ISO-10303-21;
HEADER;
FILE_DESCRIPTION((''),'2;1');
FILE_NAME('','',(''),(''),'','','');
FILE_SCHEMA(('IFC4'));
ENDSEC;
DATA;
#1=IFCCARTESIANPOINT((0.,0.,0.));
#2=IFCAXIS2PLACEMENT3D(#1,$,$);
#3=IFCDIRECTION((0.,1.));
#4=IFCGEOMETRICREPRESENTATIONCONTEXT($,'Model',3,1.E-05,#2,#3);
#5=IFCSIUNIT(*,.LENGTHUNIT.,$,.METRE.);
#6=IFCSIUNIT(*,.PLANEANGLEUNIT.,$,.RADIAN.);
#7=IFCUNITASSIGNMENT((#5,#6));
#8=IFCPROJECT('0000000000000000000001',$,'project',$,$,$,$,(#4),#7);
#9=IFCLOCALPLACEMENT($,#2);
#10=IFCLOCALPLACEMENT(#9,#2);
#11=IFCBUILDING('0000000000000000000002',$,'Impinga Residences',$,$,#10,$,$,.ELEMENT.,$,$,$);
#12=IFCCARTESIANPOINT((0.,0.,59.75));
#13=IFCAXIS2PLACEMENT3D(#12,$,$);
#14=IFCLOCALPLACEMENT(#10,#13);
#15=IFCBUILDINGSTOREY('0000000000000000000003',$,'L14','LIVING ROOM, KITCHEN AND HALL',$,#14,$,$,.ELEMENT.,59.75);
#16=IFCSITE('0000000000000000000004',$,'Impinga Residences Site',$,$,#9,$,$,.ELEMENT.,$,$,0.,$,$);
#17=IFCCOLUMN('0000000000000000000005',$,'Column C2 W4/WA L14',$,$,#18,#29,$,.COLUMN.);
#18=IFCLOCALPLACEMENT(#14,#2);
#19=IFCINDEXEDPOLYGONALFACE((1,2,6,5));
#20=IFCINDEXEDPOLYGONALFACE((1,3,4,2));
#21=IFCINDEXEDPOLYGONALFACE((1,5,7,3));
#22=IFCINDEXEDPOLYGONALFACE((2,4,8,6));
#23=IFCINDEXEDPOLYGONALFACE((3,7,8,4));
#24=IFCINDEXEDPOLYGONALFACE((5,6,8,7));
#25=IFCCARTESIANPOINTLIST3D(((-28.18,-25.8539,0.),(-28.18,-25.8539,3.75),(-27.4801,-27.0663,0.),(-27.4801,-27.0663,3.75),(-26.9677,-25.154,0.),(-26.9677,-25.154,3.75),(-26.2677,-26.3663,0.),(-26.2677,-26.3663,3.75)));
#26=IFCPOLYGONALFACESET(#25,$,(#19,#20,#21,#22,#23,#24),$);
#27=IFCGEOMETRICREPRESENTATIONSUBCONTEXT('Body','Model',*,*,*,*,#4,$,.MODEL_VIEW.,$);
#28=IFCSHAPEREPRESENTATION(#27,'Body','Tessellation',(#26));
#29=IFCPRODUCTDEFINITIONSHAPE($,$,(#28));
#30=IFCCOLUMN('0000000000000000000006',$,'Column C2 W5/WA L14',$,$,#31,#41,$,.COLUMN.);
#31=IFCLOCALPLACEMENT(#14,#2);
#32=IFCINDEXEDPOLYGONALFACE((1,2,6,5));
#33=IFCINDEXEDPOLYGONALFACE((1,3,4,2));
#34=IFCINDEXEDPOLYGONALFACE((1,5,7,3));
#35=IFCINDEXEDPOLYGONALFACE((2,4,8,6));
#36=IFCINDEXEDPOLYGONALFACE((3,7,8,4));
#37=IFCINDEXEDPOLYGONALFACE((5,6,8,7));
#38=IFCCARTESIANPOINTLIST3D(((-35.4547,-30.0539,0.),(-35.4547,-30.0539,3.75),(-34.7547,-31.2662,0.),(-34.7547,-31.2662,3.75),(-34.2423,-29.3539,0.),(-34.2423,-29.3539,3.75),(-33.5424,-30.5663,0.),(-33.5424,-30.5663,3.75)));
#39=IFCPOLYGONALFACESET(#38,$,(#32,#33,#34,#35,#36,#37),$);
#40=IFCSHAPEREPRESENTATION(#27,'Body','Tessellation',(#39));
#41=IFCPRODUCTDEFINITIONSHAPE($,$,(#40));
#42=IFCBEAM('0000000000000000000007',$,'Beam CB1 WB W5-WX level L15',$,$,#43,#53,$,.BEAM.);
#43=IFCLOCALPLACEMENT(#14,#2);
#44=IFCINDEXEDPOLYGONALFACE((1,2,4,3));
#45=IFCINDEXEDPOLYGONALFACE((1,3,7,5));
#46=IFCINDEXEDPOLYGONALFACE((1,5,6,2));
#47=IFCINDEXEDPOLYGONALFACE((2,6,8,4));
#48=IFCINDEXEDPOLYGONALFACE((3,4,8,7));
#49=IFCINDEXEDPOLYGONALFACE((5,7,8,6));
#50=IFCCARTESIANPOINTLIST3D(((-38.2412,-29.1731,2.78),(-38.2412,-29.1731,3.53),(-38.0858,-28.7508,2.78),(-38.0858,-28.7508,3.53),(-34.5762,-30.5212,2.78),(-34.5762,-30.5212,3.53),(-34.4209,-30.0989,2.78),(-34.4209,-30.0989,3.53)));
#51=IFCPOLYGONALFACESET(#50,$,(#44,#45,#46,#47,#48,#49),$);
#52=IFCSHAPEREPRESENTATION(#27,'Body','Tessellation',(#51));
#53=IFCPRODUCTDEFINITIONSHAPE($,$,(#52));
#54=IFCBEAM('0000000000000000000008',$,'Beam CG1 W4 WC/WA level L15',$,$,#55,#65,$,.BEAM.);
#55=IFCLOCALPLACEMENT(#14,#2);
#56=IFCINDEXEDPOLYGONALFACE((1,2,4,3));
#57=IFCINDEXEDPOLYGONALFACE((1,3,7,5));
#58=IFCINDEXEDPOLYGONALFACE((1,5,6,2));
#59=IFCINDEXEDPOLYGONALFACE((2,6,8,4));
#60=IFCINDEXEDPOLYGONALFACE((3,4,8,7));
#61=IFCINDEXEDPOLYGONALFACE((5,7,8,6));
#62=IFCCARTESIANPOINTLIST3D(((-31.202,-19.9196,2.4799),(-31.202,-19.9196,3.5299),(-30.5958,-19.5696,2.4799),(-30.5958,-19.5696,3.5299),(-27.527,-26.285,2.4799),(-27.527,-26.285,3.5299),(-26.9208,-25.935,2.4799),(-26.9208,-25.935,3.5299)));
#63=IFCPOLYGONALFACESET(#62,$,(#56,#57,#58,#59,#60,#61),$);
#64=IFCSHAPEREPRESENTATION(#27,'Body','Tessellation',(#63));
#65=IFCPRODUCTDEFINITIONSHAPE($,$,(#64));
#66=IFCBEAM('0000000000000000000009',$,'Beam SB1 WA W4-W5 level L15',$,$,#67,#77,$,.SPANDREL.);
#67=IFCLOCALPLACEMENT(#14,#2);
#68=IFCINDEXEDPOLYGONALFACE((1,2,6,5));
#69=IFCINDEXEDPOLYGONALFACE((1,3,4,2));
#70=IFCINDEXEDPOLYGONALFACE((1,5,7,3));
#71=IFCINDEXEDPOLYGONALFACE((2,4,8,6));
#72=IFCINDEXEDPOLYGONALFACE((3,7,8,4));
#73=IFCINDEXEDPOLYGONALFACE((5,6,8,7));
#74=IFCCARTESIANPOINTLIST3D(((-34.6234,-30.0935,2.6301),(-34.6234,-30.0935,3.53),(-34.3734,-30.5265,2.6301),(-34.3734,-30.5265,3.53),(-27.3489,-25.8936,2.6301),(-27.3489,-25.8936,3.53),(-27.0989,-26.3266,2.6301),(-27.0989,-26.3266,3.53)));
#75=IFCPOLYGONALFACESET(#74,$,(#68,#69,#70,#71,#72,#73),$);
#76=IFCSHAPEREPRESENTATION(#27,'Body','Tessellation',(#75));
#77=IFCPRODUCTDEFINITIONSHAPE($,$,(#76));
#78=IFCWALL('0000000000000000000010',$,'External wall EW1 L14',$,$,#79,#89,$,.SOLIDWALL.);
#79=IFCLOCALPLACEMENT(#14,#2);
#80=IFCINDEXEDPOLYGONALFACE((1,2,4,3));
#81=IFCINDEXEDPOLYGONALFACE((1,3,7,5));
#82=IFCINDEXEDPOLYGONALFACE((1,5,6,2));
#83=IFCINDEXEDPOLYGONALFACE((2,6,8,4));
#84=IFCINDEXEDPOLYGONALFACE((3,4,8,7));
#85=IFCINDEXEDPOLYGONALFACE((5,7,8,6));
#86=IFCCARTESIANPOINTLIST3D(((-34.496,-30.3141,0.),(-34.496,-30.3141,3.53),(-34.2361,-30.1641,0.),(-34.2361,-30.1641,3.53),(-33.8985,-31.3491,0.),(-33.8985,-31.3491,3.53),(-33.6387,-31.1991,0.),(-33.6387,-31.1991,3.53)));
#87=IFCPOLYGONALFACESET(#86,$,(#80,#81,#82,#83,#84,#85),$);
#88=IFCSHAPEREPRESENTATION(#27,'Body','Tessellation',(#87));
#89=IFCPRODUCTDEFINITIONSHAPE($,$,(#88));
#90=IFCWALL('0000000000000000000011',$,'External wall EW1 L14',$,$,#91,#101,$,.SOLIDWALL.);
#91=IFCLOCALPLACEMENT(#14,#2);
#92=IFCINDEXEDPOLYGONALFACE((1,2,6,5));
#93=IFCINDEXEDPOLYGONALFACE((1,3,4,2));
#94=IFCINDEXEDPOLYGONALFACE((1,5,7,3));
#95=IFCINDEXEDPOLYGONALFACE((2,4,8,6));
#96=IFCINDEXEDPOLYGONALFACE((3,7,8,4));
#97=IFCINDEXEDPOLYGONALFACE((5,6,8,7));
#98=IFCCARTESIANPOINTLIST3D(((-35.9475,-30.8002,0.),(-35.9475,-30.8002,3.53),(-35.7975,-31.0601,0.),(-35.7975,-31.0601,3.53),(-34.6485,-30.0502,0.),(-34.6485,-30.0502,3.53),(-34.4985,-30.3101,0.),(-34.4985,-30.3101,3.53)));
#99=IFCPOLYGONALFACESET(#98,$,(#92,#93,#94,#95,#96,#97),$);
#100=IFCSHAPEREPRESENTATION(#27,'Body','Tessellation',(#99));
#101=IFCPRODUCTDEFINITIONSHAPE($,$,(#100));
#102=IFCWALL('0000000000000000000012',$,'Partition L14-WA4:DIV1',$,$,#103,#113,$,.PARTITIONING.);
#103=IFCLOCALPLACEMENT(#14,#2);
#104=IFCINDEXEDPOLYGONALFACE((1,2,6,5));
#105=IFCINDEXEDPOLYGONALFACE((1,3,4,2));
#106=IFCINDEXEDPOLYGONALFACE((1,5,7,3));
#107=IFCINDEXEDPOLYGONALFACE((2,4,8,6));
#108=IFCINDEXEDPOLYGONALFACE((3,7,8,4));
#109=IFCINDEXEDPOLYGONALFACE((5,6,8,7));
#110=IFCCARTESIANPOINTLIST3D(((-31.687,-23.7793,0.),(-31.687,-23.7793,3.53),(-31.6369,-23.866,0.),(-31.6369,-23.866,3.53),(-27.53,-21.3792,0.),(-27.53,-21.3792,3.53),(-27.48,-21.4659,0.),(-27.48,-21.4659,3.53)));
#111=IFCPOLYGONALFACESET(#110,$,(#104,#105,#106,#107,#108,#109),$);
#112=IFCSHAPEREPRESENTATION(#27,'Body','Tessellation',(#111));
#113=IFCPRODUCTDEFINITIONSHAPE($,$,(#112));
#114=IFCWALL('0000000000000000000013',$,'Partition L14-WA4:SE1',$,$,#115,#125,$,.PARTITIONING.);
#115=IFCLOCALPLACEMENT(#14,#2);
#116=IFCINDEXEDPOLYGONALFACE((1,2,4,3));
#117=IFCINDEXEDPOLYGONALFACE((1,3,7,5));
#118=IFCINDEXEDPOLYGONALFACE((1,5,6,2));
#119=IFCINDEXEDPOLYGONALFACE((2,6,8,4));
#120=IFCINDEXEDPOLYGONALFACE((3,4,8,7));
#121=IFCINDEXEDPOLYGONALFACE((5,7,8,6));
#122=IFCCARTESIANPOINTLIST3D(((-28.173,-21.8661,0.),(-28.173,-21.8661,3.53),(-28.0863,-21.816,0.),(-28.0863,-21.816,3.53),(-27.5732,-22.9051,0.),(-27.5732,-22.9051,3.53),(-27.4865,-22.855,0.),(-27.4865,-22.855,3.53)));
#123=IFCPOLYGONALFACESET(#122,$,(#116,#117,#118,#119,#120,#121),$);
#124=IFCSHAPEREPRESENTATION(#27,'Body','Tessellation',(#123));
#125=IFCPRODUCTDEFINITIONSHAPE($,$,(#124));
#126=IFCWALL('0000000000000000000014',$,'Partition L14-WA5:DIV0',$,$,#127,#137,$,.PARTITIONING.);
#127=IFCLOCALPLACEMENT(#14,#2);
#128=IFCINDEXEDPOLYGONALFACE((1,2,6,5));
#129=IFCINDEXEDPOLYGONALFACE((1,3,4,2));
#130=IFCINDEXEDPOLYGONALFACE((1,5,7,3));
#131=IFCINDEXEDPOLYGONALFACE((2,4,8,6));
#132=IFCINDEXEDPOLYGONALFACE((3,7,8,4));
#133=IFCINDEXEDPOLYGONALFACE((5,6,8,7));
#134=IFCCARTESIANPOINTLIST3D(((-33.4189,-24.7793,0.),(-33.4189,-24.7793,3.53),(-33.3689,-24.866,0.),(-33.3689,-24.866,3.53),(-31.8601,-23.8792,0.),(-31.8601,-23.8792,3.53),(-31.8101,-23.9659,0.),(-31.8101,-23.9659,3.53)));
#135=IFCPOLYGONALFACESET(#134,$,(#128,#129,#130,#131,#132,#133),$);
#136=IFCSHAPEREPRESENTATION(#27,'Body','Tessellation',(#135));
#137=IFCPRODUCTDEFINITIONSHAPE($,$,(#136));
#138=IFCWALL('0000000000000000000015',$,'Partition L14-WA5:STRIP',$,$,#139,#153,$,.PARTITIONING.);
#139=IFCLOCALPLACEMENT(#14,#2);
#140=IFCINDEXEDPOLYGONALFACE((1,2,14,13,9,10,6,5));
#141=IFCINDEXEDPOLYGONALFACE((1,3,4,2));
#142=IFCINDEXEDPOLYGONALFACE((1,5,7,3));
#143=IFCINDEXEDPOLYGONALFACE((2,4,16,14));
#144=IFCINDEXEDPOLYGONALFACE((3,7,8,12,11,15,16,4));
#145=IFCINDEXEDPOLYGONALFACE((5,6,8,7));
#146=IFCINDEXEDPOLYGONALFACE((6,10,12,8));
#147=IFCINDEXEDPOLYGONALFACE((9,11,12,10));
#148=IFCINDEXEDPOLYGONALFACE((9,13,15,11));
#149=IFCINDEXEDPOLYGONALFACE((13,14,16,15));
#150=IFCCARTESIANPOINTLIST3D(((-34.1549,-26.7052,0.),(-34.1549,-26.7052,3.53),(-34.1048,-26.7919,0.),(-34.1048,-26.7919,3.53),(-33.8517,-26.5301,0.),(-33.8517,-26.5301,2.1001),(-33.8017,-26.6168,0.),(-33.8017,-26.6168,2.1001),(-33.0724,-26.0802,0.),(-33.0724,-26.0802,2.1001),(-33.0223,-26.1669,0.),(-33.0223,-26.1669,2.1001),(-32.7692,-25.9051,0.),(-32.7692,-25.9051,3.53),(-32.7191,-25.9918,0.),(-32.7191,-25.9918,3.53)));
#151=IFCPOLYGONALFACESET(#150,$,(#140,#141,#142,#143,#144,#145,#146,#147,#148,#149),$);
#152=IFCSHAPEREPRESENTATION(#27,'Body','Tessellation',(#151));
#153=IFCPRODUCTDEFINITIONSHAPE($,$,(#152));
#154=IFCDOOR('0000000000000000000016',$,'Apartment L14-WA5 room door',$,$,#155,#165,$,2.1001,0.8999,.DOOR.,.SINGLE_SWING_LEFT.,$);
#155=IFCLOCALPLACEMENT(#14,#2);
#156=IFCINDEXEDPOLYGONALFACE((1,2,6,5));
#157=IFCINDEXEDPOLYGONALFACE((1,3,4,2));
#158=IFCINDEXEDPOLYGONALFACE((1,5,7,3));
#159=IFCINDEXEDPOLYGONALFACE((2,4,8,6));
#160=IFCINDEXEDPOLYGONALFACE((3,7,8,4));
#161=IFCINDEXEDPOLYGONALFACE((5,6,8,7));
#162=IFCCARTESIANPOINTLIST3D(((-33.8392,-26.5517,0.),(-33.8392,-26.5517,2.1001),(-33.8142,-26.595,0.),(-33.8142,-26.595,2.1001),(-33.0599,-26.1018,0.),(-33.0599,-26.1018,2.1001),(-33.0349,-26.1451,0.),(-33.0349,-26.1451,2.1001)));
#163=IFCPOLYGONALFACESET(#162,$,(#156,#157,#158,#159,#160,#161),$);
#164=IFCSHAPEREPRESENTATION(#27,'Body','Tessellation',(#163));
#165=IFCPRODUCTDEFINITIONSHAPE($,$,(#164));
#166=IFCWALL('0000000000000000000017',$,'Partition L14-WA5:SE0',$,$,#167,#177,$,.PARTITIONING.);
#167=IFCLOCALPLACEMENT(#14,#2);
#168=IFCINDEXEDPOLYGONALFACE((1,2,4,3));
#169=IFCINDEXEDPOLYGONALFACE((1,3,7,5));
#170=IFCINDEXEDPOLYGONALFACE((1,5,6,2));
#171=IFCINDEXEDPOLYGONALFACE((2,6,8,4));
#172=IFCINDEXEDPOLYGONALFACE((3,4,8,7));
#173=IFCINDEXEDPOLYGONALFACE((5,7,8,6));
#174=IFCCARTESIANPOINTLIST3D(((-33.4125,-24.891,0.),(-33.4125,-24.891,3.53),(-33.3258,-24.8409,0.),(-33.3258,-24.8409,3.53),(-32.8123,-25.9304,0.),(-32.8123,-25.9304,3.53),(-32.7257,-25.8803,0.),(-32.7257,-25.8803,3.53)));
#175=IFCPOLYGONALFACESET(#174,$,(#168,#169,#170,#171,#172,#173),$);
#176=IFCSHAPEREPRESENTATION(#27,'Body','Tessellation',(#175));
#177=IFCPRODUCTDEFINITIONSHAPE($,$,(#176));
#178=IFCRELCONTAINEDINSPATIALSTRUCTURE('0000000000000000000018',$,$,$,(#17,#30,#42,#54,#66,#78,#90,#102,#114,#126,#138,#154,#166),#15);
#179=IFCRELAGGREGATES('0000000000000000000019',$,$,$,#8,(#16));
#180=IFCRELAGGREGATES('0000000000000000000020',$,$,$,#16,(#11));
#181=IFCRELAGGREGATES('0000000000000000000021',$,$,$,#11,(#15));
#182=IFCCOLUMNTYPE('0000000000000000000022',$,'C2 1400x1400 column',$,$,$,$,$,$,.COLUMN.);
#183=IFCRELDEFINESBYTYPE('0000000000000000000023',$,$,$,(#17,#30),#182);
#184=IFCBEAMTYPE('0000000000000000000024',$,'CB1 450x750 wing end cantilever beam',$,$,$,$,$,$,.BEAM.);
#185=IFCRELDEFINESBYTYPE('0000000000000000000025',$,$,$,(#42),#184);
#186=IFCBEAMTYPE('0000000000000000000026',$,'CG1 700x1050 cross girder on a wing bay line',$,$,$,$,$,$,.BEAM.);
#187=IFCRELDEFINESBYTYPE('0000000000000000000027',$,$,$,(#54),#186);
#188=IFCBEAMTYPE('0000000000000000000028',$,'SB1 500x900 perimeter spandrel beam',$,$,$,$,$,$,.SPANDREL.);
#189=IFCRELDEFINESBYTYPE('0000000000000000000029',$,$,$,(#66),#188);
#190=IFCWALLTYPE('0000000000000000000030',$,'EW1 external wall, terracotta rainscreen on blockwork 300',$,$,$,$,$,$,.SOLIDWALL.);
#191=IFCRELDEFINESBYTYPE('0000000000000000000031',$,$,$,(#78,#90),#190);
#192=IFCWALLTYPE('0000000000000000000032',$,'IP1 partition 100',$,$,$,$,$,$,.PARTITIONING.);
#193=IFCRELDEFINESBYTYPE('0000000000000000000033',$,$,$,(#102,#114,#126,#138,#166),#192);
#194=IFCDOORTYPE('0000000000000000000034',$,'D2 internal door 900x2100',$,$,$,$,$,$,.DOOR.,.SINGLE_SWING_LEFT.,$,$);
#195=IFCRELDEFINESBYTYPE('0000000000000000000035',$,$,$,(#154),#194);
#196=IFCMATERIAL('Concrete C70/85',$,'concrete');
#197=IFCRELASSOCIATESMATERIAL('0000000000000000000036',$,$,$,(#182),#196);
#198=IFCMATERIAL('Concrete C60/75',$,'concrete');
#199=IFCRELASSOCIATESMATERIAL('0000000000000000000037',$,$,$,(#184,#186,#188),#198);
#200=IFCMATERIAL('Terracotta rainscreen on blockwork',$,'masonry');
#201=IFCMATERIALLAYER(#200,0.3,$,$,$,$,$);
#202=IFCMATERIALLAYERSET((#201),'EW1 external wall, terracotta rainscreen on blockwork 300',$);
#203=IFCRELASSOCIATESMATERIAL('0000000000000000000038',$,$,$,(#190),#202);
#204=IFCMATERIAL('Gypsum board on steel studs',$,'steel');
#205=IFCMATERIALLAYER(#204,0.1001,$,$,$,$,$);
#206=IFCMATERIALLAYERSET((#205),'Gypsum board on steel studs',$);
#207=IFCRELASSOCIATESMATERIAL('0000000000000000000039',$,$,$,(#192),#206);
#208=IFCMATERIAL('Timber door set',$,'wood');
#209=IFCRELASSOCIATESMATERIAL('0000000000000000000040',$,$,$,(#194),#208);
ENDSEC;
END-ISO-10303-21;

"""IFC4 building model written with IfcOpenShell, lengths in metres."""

from ifc_helpers import new_model, si_unit, direction, frame, frame_2d, origin, origin_2d, place, context, subcontext, project, spatial, rectangle, extrude, material, layer, layer_set, material_profile, profile_set, type_object, element, fill, save


model = new_model("IFC4")

# Units and contexts
model_context = context("Model", 3, precision=1e-05, world=origin(), true_north=direction((0.0, 1.0)))
body_context = subcontext(model_context, "Body", "Model", "MODEL_VIEW")
ifc_project = project(units=[si_unit("LENGTHUNIT", "METRE"), si_unit("PLANEANGLEUNIT", "RADIAN")], contexts=[model_context])

# Site, building, storey
site_placement = place(None, origin())
site = spatial("IfcSite", under=ifc_project, at=site_placement, Name="Impinga Residences Site", CompositionType="ELEMENT", RefElevation=0.0)
building_placement = place(site_placement, origin())
building = spatial("IfcBuilding", under=site, at=building_placement, Name="Impinga Residences", CompositionType="ELEMENT")
storey_placement = place(building_placement, frame((0.0, 0.0, 59.75)))
storey = spatial("IfcBuildingStorey", under=building, at=storey_placement, Name="L14", Description="LIVING ROOM, KITCHEN AND HALL", CompositionType="ELEMENT", Elevation=59.75)

# Columns
ifc_material_1 = material(Name="Concrete C70/85", Category="concrete")
ifc_material_profile_1 = material_profile(ifc_material_1, rectangle(XDim=1.3999, YDim=1.3999, at=origin_2d()), Name="RC 1400x1400")
ifc_profile_set_1 = profile_set([ifc_material_profile_1], Name="Concrete C70/85")
column_type = type_object("IfcColumnType", Name="C2 1400x1400 column", PredefinedType="COLUMN", material=ifc_profile_set_1)
for number, where, z_axis, x_axis, name in (
    (1, (-27.2239, -26.1101, 0.0), (0.0, 0.0, 1.0), (-0.5, 0.866025, 0.0), "Column C2 W4/WA L14"),
    (2, (-34.4985, -30.3101, 0.0), (0.0, 0.0, 1.0), (-0.5, 0.866025, 0.0), "Column C2 W5/WA L14"),
):
    element("IfcColumn", number, at=place(storey_placement, frame(where, z_axis=z_axis, x_axis=x_axis)), inside=storey, type_object=column_type, Name=name, PredefinedType="COLUMN", context=body_context, shape_type="SweptSolid", body=[
        extrude(rectangle(XDim=1.3999, YDim=1.3999, at=origin_2d()), origin(), (0.0, 0.0, 1.0), 3.75),
    ])

# Beams
ifc_material_2 = material(Name="Concrete C60/75", Category="concrete")
ifc_material_profile_2 = material_profile(ifc_material_2, rectangle(XDim=0.45, YDim=0.75, at=origin_2d()), Name="RC 450x750")
ifc_profile_set_2 = profile_set([ifc_material_profile_2], Name="Concrete C60/75")
beam_type_1 = type_object("IfcBeamType", Name="CB1 450x750 wing end cantilever beam", PredefinedType="BEAM", material=ifc_profile_set_2)
beam_1_placement = place(storey_placement, frame((-34.4985, -30.3101, 3.155), z_axis=(-0.93852, 0.345224, 0.0), x_axis=(-0.345224, -0.93852, 0.0)))
element("IfcBeam", 3, at=beam_1_placement, inside=storey, type_object=beam_type_1, Name="Beam CB1 WB W5-WX level L15", PredefinedType="BEAM", context=body_context, shape_type="SweptSolid", body=[
    extrude(rectangle(XDim=0.45, YDim=0.75, at=origin_2d()), origin(), (0.0, 0.0, 1.0), 3.905),
])
ifc_material_profile_3 = material_profile(ifc_material_2, rectangle(XDim=0.7, YDim=1.05, at=origin_2d()), Name="RC 700x1050")
ifc_profile_set_3 = profile_set([ifc_material_profile_3], Name="Concrete C60/75")
beam_type_2 = type_object("IfcBeamType", Name="CG1 700x1050 cross girder on a wing bay line", PredefinedType="BEAM", material=ifc_profile_set_3)
beam_2_placement = place(storey_placement, frame((-30.8989, -19.7446, 3.0049), z_axis=(0.499994, -0.866029, 0.0), x_axis=(0.866029, 0.499994, 0.0)))
element("IfcBeam", 4, at=beam_2_placement, inside=storey, type_object=beam_type_2, Name="Beam CG1 W4 WC/WA level L15", PredefinedType="BEAM", context=body_context, shape_type="SweptSolid", body=[
    extrude(rectangle(XDim=0.7, YDim=1.05, at=origin_2d()), origin(), (0.0, 0.0, 1.0), 7.3501),
])
ifc_material_profile_4 = material_profile(ifc_material_2, rectangle(XDim=0.5, YDim=0.8999, at=origin_2d()), Name="RC 500x900")
ifc_profile_set_4 = profile_set([ifc_material_profile_4], Name="Concrete C60/75")
beam_type_3 = type_object("IfcBeamType", Name="SB1 500x900 perimeter spandrel beam", PredefinedType="SPANDREL", material=ifc_profile_set_4)
beam_3_placement = place(storey_placement, frame((-27.2239, -26.1101, 3.0801), z_axis=(-0.866029, -0.499993, 0.0), x_axis=(0.499993, -0.866029, 0.0)))
element("IfcBeam", 5, at=beam_3_placement, inside=storey, type_object=beam_type_3, Name="Beam SB1 WA W4-W5 level L15", PredefinedType="SPANDREL", context=body_context, shape_type="SweptSolid", body=[
    extrude(rectangle(XDim=0.5, YDim=0.8999, at=origin_2d()), origin(), (0.0, 0.0, 1.0), 8.3999),
])

# Walls
ifc_material_3 = material(Name="Terracotta rainscreen on blockwork", Category="masonry")
ifc_layer_1 = layer(ifc_material_3, 0.3)
ifc_layer_set_1 = layer_set([ifc_layer_1], Name="EW1 external wall, terracotta rainscreen on blockwork 300")
wall_type_1 = type_object("IfcWallType", Name="EW1 external wall, terracotta rainscreen on blockwork 300", PredefinedType="SOLIDWALL", material=ifc_layer_set_1)
wall_1_placement = place(storey_placement, frame((-33.7686, -31.2742, 0.0), z_axis=(0.0, 0.0, 1.0), x_axis=(-0.499941, 0.86606, 0.0)))
element("IfcWall", 6, at=wall_1_placement, inside=storey, type_object=wall_type_1, Name="External wall EW1 L14", PredefinedType="SOLIDWALL", context=body_context, shape_type="SweptSolid", body=[
    extrude(rectangle(XDim=1.1951, YDim=0.3, at=frame_2d((0.5977, 0.0))), origin(), (0.0, 0.0, 1.0), 3.53),
])
wall_2_placement = place(storey_placement, frame((-34.5735, -30.1802, 0.0), z_axis=(0.0, 0.0, 1.0), x_axis=(-0.866031, -0.49999, 0.0)))
element("IfcWall", 7, at=wall_2_placement, inside=storey, type_object=wall_type_1, Name="External wall EW1 L14", PredefinedType="SOLIDWALL", context=body_context, shape_type="SweptSolid", body=[
    extrude(rectangle(XDim=1.5, YDim=0.3, at=frame_2d((0.75, 0.0))), origin(), (0.0, 0.0, 1.0), 3.53),
])
ifc_material_4 = material(Name="Gypsum board on steel studs", Category="steel")
ifc_layer_2 = layer(ifc_material_4, 0.1001)
ifc_layer_set_2 = layer_set([ifc_layer_2], Name="Gypsum board on steel studs")
wall_type_2 = type_object("IfcWallType", Name="IP1 partition 100", PredefinedType="PARTITIONING", material=ifc_layer_set_2)
wall_3_placement = place(storey_placement, frame((-27.5051, -21.4226, 0.0), z_axis=(0.0, 0.0, 1.0), x_axis=(-0.866015, -0.500017, 0.0)))
element("IfcWall", 8, at=wall_3_placement, inside=storey, type_object=wall_type_2, Name="Partition L14-WA4:DIV1", PredefinedType="PARTITIONING", context=body_context, shape_type="SweptSolid", body=[
    extrude(rectangle(XDim=4.8, YDim=0.1001, at=frame_2d((2.3999, 0.0))), origin(), (0.0, 0.0, 1.0), 3.53),
])
wall_4_placement = place(storey_placement, frame((-28.1296, -21.8411, 0.0), z_axis=(0.0, 0.0, 1.0), x_axis=(0.499969, -0.866043, 0.0)))
element("IfcWall", 9, at=wall_4_placement, inside=storey, type_object=wall_type_2, Name="Partition L14-WA4:SE1", PredefinedType="PARTITIONING", context=body_context, shape_type="SweptSolid", body=[
    extrude(rectangle(XDim=1.1997, YDim=0.1001, at=frame_2d((0.5999, 0.0))), origin(), (0.0, 0.0, 1.0), 3.53),
])
wall_5_placement = place(storey_placement, frame((-31.8352, -23.9226, 0.0), z_axis=(0.0, 0.0, 1.0), x_axis=(-0.865989, -0.500063, 0.0)))
element("IfcWall", 10, at=wall_5_placement, inside=storey, type_object=wall_type_2, Name="Partition L14-WA5:DIV0", PredefinedType="PARTITIONING", context=body_context, shape_type="SweptSolid", body=[
    extrude(rectangle(XDim=1.8, YDim=0.1001, at=frame_2d((0.8999, 0.0))), origin(), (0.0, 0.0, 1.0), 3.53),
])

# Wall, opening, door
wall_6_placement = place(storey_placement, frame((-32.7441, -25.9485, 0.0), z_axis=(0.0, 0.0, 1.0), x_axis=(-0.866028, -0.499995, 0.0)))
wall_6 = element("IfcWall", 11, at=wall_6_placement, inside=storey, type_object=wall_type_2, Name="Partition L14-WA5:STRIP", PredefinedType="PARTITIONING", context=body_context, shape_type="SweptSolid", body=[
    extrude(rectangle(XDim=1.6001, YDim=0.1001, at=frame_2d((0.8, 0.0))), origin(), (0.0, 0.0, 1.0), 3.53),
])
opening_placement = place(wall_6_placement, frame((0.3501, 0.0, 0.0)))
opening = element("IfcOpeningElement", 12, at=opening_placement, cuts=wall_6, PredefinedType="OPENING", context=body_context, shape_type="SweptSolid", body=[
    extrude(rectangle(XDim=0.8999, YDim=2.1001, at=frame_2d((0.45, 1.05))), frame((0.0, 0.0601, 0.0), z_axis=(0.0, -1.0, 0.0), x_axis=(1.0, 0.0, 0.0)), (0.0, 0.0, 1.0), 0.1201),
])
ifc_material_5 = material(Name="Timber door set", Category="wood")
door_type = type_object("IfcDoorType", Name="D2 internal door 900x2100", OperationType="SINGLE_SWING_LEFT", PredefinedType="DOOR", material=ifc_material_5)
door_placement = place(opening_placement, origin())
door = element("IfcDoor", 13, at=door_placement, inside=storey, type_object=door_type, Name="Apartment L14-WA5 room door", OperationType="SINGLE_SWING_LEFT", OverallHeight=2.1001, OverallWidth=0.8999, PredefinedType="DOOR", context=body_context, shape_type="SweptSolid", body=[
    extrude(rectangle(XDim=0.8999, YDim=2.1001, at=frame_2d((0.45, 1.05))), frame((0.0, 0.0249, 0.0), z_axis=(0.0, -1.0, 0.0), x_axis=(1.0, 0.0, 0.0)), (0.0, 0.0, 1.0), 0.05),
])
fill(opening, door)

# Wall
for number, where, z_axis, x_axis, name in (
    (14, (-33.3691, -24.866, 0.0), (0.0, 0.0, 1.0), (0.500034, -0.866006, 0.0), "Partition L14-WA5:SE0"),
):
    element("IfcWall", number, at=place(storey_placement, frame(where, z_axis=z_axis, x_axis=x_axis)), inside=storey, type_object=wall_type_2, Name=name, PredefinedType="PARTITIONING", context=body_context, shape_type="SweptSolid", body=[
        extrude(rectangle(XDim=1.2002, YDim=0.1001, at=frame_2d((0.6001, 0.0))), origin(), (0.0, 0.0, 1.0), 3.53),
    ])

save(model, "model.ifc")
